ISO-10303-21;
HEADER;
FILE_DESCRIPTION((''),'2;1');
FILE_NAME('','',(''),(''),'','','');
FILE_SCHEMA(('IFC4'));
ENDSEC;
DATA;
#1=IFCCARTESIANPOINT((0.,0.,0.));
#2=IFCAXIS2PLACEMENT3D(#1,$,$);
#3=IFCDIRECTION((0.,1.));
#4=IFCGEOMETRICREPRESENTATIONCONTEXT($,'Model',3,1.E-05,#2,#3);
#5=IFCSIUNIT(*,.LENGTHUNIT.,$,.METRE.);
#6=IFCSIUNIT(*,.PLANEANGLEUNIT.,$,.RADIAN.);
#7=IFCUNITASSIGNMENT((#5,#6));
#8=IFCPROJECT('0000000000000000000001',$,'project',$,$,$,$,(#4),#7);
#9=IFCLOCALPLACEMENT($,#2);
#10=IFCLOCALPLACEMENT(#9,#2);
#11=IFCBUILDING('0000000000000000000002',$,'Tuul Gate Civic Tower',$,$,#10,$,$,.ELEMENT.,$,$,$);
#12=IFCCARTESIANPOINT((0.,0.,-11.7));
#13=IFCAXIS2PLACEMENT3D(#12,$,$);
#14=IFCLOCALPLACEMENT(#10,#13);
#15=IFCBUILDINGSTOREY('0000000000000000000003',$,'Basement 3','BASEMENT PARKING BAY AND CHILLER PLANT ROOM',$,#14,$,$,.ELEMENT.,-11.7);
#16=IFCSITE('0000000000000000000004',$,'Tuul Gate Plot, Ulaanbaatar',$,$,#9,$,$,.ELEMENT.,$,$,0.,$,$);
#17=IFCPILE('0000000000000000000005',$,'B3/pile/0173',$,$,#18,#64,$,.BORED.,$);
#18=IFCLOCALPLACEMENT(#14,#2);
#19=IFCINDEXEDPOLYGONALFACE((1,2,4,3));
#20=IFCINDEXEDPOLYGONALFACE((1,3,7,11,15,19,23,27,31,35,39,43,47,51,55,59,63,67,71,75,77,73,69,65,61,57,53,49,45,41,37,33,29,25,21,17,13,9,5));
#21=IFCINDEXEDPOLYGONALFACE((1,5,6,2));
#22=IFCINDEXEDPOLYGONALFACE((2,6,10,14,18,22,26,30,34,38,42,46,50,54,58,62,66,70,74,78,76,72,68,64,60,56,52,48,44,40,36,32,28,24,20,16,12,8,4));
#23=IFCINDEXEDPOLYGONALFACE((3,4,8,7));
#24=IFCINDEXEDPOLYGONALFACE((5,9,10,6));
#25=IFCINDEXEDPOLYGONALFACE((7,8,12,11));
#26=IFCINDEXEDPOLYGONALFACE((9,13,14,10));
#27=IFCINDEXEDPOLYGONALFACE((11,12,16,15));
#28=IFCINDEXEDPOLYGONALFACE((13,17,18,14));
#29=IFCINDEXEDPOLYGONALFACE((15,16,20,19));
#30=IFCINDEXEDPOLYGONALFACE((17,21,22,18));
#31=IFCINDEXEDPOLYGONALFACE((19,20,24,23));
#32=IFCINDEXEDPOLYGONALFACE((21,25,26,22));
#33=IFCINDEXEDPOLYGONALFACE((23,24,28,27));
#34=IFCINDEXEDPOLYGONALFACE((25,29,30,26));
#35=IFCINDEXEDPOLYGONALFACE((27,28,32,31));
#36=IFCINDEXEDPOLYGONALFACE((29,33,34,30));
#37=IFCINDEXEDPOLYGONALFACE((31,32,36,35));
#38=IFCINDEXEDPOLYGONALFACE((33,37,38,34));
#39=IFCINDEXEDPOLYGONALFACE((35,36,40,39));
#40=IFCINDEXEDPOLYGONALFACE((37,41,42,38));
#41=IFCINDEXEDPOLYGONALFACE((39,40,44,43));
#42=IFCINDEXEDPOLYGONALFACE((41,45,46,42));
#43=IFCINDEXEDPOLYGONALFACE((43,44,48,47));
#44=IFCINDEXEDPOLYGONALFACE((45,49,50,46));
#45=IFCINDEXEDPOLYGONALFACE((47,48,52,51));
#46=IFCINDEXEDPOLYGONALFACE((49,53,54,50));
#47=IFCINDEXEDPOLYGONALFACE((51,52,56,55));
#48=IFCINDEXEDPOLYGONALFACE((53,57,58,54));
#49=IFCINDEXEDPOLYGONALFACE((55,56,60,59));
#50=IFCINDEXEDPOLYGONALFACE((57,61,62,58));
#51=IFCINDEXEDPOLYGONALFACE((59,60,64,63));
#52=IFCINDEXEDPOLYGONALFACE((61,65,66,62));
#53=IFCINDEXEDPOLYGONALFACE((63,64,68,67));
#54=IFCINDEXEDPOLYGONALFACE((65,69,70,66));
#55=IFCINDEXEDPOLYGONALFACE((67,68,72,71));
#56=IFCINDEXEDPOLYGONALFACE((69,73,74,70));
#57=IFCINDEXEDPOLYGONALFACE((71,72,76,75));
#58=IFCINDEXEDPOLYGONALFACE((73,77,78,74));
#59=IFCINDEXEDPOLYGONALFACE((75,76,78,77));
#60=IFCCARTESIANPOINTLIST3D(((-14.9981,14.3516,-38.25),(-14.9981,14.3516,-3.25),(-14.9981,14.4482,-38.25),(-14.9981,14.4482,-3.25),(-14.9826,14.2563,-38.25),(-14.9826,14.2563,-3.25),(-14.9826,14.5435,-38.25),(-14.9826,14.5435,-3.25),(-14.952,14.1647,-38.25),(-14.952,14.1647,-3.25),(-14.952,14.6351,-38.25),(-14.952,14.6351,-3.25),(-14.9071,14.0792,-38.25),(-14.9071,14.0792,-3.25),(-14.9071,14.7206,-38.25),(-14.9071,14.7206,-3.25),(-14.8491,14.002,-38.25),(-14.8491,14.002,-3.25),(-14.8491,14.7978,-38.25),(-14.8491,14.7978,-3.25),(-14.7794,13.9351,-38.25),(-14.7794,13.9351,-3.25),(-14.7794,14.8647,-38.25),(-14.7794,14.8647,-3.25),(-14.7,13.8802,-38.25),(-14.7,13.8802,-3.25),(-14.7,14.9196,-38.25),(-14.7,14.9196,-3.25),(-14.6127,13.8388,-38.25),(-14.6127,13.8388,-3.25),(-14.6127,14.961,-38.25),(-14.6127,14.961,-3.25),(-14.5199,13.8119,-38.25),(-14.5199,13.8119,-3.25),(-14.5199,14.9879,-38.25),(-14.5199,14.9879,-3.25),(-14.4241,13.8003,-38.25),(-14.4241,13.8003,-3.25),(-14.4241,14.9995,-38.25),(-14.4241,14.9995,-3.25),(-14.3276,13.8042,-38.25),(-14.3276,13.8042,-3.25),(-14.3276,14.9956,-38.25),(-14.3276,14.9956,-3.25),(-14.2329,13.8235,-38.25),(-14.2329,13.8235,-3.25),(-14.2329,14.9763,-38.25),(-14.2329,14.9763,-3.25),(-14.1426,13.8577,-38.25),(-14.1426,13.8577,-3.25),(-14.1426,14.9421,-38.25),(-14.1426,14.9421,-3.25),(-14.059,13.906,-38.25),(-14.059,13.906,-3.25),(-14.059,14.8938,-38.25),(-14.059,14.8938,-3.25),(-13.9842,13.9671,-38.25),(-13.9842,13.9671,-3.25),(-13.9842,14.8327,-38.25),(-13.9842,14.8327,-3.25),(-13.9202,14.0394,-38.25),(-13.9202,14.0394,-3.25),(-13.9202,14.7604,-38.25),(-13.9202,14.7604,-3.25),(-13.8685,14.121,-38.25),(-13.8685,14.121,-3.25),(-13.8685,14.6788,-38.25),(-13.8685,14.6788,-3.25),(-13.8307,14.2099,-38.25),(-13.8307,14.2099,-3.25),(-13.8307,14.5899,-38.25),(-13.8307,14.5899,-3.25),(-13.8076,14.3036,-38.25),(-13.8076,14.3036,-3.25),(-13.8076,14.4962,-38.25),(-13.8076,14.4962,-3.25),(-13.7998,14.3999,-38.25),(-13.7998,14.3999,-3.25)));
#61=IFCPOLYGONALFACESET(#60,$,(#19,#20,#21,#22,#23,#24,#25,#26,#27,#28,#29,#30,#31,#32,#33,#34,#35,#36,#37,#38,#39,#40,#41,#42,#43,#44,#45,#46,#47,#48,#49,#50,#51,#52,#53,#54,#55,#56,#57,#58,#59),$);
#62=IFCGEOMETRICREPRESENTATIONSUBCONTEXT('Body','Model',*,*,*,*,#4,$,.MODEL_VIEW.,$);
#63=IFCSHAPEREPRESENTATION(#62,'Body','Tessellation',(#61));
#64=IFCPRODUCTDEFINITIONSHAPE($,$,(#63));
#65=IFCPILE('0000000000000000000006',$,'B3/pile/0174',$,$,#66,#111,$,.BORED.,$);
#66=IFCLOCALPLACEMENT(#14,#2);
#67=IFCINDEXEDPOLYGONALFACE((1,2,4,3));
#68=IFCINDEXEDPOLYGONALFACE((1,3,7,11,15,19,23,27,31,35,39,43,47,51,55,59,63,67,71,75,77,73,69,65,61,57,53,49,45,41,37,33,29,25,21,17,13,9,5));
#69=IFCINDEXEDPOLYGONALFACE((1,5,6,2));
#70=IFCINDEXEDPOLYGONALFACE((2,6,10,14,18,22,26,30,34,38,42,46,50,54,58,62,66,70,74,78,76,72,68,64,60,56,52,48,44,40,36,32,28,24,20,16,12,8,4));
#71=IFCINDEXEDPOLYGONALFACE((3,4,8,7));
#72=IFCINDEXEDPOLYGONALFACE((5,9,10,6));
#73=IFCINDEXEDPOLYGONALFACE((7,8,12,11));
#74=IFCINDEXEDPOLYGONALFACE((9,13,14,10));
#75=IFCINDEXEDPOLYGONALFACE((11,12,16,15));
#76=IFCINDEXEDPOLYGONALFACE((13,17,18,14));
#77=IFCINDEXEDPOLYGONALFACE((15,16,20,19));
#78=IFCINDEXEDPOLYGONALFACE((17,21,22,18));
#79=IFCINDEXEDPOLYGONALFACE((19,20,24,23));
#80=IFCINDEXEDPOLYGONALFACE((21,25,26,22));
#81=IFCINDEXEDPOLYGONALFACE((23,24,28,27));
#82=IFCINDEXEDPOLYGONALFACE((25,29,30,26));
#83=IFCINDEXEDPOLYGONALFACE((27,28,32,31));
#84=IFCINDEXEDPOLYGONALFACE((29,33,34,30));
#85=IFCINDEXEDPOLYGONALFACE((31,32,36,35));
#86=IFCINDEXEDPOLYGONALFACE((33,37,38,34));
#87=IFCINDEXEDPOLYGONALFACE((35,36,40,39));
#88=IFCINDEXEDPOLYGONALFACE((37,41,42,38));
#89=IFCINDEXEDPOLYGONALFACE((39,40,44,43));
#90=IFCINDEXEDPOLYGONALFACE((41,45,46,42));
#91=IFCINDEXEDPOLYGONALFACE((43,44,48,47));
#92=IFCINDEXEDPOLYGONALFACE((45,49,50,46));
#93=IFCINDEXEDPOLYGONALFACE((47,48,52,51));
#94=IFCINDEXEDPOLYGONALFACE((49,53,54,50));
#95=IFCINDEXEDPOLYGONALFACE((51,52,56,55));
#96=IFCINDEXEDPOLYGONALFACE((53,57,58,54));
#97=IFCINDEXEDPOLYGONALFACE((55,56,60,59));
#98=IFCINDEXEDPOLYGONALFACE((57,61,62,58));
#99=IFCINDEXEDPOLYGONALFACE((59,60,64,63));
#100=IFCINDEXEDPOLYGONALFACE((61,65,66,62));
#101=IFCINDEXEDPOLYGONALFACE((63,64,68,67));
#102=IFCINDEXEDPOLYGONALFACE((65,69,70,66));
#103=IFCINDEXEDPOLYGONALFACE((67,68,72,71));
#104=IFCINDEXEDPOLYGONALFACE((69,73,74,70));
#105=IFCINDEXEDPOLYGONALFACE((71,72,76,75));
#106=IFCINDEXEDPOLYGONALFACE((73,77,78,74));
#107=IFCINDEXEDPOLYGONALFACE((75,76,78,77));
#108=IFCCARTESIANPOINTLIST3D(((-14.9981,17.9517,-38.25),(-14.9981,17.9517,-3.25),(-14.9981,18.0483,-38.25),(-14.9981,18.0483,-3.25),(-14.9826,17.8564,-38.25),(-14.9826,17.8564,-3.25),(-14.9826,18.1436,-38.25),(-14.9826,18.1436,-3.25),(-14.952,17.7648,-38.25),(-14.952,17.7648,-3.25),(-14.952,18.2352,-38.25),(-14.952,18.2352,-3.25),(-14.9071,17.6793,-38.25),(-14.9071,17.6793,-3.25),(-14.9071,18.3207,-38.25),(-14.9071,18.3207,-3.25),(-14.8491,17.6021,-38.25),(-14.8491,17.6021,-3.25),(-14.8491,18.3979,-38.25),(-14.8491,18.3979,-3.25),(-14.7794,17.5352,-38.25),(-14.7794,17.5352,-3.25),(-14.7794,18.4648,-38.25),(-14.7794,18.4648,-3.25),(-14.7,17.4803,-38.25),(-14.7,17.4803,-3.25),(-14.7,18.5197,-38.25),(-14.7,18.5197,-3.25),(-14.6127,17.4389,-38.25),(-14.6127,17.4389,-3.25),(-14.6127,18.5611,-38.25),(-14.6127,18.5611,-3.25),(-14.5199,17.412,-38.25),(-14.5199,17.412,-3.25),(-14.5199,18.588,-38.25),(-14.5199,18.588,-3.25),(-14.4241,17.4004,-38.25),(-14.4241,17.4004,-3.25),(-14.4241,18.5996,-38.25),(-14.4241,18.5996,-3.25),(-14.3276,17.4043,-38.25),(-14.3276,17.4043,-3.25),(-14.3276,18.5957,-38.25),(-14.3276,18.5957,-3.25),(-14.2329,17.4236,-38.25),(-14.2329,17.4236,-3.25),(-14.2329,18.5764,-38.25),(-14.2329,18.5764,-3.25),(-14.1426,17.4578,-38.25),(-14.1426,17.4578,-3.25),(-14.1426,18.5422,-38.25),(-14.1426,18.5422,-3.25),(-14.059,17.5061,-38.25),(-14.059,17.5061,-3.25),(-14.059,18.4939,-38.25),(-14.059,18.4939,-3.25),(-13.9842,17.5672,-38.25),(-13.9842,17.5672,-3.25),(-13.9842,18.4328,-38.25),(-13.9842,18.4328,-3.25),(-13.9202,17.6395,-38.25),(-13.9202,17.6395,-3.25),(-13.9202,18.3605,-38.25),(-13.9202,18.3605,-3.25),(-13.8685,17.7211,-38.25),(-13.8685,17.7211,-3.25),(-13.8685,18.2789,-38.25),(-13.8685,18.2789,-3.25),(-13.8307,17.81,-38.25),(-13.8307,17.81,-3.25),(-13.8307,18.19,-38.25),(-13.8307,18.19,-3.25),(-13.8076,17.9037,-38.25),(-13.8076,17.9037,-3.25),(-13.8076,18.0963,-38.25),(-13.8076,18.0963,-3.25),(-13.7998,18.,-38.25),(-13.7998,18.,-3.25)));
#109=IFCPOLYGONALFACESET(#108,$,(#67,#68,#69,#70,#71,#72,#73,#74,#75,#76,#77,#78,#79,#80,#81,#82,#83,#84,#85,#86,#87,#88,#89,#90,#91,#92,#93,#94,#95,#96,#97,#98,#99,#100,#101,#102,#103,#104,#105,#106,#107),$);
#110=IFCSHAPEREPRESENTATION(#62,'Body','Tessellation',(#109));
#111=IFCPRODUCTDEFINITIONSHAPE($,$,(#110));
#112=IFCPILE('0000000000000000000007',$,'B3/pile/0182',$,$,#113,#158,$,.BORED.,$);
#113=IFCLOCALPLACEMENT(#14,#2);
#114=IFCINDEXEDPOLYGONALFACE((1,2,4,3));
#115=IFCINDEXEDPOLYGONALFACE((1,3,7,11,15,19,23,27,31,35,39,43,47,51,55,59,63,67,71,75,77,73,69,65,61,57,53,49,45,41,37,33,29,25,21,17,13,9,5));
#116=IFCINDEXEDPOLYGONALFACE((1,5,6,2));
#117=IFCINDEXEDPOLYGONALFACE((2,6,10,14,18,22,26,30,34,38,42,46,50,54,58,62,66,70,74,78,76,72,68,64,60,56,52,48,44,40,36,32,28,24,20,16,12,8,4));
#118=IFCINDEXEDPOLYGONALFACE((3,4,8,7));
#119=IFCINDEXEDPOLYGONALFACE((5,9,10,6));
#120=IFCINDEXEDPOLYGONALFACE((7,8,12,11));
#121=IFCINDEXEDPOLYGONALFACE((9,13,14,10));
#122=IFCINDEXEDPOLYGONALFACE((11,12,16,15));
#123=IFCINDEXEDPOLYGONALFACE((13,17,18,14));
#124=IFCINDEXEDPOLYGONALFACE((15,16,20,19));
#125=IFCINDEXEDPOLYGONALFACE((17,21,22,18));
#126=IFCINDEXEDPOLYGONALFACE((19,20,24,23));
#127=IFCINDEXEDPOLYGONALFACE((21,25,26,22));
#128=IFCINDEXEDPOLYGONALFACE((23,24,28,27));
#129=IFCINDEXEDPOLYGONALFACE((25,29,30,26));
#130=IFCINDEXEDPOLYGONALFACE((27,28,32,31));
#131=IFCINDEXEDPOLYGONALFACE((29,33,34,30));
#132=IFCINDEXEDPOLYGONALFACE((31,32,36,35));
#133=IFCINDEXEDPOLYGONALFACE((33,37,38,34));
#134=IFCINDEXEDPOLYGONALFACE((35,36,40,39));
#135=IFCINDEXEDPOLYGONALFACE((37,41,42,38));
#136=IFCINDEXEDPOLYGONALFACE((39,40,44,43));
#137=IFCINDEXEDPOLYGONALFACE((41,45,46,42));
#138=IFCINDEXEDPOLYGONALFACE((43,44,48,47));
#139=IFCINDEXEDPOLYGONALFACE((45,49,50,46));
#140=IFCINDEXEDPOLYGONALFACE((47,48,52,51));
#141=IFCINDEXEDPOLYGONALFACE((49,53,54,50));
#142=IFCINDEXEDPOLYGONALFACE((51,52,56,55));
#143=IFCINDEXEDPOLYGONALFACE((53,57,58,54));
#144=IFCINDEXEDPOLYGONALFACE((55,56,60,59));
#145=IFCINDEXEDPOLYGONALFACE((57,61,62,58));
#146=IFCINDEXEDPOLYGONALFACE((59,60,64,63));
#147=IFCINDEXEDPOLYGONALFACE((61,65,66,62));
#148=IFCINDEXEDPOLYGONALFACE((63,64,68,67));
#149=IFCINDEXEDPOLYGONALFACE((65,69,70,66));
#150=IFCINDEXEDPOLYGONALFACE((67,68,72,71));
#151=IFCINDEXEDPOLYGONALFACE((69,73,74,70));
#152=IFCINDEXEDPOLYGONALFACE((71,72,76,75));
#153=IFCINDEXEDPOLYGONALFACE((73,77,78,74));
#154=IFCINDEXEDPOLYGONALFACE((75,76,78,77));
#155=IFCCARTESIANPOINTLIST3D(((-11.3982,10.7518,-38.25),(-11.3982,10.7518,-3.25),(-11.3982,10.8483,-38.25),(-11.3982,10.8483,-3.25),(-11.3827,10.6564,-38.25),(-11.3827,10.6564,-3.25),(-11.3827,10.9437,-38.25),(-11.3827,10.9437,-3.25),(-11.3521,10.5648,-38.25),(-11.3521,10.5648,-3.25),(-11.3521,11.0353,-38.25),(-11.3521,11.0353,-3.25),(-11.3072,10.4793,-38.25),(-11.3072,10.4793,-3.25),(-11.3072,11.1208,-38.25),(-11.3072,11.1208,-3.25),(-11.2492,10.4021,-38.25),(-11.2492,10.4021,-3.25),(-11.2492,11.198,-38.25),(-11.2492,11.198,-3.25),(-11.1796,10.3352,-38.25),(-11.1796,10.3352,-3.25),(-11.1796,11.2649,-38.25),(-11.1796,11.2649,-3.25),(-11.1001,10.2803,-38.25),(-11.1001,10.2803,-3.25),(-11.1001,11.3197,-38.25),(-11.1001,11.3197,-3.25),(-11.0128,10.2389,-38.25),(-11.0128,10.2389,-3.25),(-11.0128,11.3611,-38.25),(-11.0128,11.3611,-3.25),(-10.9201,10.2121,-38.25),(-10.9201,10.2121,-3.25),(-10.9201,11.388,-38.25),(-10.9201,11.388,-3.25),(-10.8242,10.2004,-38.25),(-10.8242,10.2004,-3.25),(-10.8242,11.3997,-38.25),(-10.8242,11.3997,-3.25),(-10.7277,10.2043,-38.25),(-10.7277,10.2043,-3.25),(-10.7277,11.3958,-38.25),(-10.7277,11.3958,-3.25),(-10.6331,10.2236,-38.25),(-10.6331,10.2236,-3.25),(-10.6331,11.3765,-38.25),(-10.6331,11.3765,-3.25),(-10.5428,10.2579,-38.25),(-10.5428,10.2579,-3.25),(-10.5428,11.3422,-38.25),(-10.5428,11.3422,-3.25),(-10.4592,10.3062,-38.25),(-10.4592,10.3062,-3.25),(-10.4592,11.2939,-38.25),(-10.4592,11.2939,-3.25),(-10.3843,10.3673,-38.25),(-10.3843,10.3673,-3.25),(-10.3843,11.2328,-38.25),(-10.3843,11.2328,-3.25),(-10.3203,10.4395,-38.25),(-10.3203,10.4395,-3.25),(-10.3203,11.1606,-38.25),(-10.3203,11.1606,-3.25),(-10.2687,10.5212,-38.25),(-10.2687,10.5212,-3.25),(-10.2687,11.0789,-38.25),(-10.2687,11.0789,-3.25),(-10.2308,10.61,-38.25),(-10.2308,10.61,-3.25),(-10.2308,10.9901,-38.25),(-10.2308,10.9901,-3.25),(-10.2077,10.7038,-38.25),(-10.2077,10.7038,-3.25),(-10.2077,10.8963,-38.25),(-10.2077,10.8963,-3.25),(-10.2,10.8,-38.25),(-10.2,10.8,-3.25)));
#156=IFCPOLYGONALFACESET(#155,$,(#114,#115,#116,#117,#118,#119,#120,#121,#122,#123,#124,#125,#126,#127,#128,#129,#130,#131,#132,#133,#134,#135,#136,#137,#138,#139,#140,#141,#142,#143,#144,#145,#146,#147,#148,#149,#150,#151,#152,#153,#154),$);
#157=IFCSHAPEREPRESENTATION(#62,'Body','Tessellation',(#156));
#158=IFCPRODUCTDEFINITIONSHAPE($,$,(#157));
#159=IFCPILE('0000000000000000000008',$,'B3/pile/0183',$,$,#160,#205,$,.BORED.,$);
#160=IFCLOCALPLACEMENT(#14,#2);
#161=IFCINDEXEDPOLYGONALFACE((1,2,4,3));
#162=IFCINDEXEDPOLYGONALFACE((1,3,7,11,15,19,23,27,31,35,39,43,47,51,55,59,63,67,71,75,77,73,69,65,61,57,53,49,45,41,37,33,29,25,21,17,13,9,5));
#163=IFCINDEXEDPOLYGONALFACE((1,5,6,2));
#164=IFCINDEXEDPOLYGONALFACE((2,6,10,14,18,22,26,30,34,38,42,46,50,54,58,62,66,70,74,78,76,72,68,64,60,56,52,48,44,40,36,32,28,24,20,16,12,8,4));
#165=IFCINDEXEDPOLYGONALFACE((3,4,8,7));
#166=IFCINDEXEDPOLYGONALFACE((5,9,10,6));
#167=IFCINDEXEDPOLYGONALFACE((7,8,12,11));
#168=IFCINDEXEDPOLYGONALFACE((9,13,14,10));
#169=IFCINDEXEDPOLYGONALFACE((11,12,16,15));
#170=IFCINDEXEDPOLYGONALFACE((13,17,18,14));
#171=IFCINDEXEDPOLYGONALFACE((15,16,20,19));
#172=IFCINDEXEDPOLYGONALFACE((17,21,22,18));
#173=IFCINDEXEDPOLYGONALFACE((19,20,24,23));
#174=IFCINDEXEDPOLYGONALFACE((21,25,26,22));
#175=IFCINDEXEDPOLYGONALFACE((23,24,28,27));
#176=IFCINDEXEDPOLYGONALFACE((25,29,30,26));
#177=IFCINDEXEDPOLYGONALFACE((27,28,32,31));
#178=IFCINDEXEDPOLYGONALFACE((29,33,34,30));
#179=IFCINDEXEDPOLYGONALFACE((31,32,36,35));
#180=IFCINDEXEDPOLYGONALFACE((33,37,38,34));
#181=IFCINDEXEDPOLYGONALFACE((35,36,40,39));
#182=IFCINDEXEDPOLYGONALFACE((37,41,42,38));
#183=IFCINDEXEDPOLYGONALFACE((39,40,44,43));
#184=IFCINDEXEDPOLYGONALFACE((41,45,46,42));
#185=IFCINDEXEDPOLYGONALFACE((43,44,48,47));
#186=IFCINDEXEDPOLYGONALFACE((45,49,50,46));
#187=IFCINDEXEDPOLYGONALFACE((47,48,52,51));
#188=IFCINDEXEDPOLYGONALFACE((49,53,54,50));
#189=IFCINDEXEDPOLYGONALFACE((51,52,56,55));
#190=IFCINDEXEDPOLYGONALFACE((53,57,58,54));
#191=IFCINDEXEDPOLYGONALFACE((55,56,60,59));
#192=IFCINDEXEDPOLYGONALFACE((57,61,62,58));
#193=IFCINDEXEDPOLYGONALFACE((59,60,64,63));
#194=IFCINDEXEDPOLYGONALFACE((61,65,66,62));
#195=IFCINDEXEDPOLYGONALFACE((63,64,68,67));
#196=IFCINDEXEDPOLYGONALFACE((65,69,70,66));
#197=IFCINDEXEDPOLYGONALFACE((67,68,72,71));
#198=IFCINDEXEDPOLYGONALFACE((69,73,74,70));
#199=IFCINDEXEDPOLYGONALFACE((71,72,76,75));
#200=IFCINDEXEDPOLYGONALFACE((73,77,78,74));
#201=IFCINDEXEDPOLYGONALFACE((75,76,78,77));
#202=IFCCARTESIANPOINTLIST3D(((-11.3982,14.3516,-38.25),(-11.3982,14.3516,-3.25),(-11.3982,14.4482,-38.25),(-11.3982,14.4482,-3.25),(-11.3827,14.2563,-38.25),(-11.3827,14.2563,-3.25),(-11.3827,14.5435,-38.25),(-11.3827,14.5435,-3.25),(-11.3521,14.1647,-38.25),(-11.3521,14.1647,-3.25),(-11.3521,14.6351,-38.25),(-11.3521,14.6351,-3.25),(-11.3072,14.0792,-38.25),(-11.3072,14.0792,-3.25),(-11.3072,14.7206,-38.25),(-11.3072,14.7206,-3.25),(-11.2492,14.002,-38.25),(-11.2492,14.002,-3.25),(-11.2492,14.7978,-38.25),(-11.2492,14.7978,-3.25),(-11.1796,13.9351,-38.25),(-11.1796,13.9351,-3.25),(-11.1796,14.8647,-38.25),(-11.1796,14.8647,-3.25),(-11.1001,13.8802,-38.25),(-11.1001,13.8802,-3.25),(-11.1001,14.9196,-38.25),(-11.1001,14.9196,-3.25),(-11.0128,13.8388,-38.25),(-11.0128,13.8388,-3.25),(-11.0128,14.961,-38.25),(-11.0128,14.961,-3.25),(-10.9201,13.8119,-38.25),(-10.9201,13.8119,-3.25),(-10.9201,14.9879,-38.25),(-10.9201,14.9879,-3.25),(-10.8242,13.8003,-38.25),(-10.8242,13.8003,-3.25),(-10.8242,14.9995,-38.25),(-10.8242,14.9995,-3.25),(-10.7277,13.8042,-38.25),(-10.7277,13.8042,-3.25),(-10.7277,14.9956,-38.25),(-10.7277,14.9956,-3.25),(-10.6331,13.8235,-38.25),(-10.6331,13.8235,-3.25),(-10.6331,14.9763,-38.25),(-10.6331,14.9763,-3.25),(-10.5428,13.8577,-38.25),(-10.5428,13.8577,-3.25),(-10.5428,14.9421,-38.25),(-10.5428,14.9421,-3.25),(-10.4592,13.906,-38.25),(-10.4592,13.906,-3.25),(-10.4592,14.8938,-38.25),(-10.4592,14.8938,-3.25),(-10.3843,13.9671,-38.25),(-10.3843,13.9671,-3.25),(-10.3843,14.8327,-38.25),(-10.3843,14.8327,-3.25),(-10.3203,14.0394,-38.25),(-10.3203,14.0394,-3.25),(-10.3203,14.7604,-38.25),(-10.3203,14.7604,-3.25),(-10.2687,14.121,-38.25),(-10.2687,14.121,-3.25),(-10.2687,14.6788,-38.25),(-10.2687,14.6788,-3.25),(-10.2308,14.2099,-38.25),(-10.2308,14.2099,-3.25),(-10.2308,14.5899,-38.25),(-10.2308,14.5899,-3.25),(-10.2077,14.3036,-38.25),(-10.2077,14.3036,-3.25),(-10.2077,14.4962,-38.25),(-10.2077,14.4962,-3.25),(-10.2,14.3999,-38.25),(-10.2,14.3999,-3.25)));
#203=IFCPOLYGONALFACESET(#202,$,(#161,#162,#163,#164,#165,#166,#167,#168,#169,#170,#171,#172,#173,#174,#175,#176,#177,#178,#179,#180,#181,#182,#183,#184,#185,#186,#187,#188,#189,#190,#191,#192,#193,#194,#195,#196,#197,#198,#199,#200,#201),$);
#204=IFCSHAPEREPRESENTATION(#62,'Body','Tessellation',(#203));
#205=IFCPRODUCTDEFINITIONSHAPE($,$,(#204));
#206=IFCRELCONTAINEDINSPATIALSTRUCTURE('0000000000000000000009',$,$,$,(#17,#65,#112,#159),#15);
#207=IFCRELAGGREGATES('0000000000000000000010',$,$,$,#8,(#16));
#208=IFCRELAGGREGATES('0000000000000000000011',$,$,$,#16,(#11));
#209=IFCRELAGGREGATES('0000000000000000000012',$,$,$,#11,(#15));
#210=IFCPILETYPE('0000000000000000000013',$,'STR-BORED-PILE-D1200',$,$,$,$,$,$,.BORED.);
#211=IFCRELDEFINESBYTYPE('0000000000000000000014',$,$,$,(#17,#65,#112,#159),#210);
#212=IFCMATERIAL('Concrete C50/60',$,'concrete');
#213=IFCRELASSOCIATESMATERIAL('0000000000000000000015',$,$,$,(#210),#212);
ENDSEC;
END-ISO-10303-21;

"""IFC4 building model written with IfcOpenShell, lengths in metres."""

from ifc_helpers import new_model, si_unit, direction, frame, origin, origin_2d, place, context, subcontext, project, spatial, circle, extrude, material, material_profile, profile_set, type_object, element, save


model = new_model("IFC4")

# Units and contexts
model_context = context("Model", 3, precision=1e-05, world=origin(), true_north=direction((0.0, 1.0)))
body_context = subcontext(model_context, "Body", "Model", "MODEL_VIEW")
ifc_project = project(units=[si_unit("LENGTHUNIT", "METRE"), si_unit("PLANEANGLEUNIT", "RADIAN")], contexts=[model_context])

# Site, building, storey
site_placement = place(None, origin())
site = spatial("IfcSite", under=ifc_project, at=site_placement, Name="Tuul Gate Plot, Ulaanbaatar", CompositionType="ELEMENT", RefElevation=0.0)
building_placement = place(site_placement, origin())
building = spatial("IfcBuilding", under=site, at=building_placement, Name="Tuul Gate Civic Tower", CompositionType="ELEMENT")
storey_placement = place(building_placement, frame((0.0, 0.0, -11.7)))
storey = spatial("IfcBuildingStorey", under=building, at=storey_placement, Name="Basement 3", Description="BASEMENT PARKING BAY AND CHILLER PLANT ROOM", CompositionType="ELEMENT", Elevation=-11.7)

# Piles
ifc_material_1 = material(Name="Concrete C50/60", Category="concrete")
ifc_material_profile_1 = material_profile(ifc_material_1, circle(Radius=0.6001, at=origin_2d()), Name="PILE1200")
ifc_profile_set_1 = profile_set([ifc_material_profile_1], Name="Concrete C50/60")
pile_type = type_object("IfcPileType", Name="STR-BORED-PILE-D1200", PredefinedType="BORED", material=ifc_profile_set_1)
for number, where, z_axis, x_axis, name in (
    (1, (-14.3999, 14.3999, -3.25), (0.0, 0.0, -1.0), (1.0, 0.0, 0.0), "B3/pile/0173"),
    (2, (-14.3999, 18.0, -3.25), (0.0, 0.0, -1.0), (1.0, 0.0, 0.0), "B3/pile/0174"),
    (3, (-10.8, 10.8, -3.25), (0.0, 0.0, -1.0), (1.0, 0.0, 0.0), "B3/pile/0182"),
    (4, (-10.8, 14.3999, -3.25), (0.0, 0.0, -1.0), (1.0, 0.0, 0.0), "B3/pile/0183"),
):
    element("IfcPile", number, at=place(storey_placement, frame(where, z_axis=z_axis, x_axis=x_axis)), inside=storey, type_object=pile_type, Name=name, PredefinedType="BORED", context=body_context, shape_type="SweptSolid", body=[
        extrude(circle(Radius=0.6001, at=origin_2d()), origin(), (0.0, 0.0, 1.0), 35.0),
    ])

save(model, "model.ifc")
